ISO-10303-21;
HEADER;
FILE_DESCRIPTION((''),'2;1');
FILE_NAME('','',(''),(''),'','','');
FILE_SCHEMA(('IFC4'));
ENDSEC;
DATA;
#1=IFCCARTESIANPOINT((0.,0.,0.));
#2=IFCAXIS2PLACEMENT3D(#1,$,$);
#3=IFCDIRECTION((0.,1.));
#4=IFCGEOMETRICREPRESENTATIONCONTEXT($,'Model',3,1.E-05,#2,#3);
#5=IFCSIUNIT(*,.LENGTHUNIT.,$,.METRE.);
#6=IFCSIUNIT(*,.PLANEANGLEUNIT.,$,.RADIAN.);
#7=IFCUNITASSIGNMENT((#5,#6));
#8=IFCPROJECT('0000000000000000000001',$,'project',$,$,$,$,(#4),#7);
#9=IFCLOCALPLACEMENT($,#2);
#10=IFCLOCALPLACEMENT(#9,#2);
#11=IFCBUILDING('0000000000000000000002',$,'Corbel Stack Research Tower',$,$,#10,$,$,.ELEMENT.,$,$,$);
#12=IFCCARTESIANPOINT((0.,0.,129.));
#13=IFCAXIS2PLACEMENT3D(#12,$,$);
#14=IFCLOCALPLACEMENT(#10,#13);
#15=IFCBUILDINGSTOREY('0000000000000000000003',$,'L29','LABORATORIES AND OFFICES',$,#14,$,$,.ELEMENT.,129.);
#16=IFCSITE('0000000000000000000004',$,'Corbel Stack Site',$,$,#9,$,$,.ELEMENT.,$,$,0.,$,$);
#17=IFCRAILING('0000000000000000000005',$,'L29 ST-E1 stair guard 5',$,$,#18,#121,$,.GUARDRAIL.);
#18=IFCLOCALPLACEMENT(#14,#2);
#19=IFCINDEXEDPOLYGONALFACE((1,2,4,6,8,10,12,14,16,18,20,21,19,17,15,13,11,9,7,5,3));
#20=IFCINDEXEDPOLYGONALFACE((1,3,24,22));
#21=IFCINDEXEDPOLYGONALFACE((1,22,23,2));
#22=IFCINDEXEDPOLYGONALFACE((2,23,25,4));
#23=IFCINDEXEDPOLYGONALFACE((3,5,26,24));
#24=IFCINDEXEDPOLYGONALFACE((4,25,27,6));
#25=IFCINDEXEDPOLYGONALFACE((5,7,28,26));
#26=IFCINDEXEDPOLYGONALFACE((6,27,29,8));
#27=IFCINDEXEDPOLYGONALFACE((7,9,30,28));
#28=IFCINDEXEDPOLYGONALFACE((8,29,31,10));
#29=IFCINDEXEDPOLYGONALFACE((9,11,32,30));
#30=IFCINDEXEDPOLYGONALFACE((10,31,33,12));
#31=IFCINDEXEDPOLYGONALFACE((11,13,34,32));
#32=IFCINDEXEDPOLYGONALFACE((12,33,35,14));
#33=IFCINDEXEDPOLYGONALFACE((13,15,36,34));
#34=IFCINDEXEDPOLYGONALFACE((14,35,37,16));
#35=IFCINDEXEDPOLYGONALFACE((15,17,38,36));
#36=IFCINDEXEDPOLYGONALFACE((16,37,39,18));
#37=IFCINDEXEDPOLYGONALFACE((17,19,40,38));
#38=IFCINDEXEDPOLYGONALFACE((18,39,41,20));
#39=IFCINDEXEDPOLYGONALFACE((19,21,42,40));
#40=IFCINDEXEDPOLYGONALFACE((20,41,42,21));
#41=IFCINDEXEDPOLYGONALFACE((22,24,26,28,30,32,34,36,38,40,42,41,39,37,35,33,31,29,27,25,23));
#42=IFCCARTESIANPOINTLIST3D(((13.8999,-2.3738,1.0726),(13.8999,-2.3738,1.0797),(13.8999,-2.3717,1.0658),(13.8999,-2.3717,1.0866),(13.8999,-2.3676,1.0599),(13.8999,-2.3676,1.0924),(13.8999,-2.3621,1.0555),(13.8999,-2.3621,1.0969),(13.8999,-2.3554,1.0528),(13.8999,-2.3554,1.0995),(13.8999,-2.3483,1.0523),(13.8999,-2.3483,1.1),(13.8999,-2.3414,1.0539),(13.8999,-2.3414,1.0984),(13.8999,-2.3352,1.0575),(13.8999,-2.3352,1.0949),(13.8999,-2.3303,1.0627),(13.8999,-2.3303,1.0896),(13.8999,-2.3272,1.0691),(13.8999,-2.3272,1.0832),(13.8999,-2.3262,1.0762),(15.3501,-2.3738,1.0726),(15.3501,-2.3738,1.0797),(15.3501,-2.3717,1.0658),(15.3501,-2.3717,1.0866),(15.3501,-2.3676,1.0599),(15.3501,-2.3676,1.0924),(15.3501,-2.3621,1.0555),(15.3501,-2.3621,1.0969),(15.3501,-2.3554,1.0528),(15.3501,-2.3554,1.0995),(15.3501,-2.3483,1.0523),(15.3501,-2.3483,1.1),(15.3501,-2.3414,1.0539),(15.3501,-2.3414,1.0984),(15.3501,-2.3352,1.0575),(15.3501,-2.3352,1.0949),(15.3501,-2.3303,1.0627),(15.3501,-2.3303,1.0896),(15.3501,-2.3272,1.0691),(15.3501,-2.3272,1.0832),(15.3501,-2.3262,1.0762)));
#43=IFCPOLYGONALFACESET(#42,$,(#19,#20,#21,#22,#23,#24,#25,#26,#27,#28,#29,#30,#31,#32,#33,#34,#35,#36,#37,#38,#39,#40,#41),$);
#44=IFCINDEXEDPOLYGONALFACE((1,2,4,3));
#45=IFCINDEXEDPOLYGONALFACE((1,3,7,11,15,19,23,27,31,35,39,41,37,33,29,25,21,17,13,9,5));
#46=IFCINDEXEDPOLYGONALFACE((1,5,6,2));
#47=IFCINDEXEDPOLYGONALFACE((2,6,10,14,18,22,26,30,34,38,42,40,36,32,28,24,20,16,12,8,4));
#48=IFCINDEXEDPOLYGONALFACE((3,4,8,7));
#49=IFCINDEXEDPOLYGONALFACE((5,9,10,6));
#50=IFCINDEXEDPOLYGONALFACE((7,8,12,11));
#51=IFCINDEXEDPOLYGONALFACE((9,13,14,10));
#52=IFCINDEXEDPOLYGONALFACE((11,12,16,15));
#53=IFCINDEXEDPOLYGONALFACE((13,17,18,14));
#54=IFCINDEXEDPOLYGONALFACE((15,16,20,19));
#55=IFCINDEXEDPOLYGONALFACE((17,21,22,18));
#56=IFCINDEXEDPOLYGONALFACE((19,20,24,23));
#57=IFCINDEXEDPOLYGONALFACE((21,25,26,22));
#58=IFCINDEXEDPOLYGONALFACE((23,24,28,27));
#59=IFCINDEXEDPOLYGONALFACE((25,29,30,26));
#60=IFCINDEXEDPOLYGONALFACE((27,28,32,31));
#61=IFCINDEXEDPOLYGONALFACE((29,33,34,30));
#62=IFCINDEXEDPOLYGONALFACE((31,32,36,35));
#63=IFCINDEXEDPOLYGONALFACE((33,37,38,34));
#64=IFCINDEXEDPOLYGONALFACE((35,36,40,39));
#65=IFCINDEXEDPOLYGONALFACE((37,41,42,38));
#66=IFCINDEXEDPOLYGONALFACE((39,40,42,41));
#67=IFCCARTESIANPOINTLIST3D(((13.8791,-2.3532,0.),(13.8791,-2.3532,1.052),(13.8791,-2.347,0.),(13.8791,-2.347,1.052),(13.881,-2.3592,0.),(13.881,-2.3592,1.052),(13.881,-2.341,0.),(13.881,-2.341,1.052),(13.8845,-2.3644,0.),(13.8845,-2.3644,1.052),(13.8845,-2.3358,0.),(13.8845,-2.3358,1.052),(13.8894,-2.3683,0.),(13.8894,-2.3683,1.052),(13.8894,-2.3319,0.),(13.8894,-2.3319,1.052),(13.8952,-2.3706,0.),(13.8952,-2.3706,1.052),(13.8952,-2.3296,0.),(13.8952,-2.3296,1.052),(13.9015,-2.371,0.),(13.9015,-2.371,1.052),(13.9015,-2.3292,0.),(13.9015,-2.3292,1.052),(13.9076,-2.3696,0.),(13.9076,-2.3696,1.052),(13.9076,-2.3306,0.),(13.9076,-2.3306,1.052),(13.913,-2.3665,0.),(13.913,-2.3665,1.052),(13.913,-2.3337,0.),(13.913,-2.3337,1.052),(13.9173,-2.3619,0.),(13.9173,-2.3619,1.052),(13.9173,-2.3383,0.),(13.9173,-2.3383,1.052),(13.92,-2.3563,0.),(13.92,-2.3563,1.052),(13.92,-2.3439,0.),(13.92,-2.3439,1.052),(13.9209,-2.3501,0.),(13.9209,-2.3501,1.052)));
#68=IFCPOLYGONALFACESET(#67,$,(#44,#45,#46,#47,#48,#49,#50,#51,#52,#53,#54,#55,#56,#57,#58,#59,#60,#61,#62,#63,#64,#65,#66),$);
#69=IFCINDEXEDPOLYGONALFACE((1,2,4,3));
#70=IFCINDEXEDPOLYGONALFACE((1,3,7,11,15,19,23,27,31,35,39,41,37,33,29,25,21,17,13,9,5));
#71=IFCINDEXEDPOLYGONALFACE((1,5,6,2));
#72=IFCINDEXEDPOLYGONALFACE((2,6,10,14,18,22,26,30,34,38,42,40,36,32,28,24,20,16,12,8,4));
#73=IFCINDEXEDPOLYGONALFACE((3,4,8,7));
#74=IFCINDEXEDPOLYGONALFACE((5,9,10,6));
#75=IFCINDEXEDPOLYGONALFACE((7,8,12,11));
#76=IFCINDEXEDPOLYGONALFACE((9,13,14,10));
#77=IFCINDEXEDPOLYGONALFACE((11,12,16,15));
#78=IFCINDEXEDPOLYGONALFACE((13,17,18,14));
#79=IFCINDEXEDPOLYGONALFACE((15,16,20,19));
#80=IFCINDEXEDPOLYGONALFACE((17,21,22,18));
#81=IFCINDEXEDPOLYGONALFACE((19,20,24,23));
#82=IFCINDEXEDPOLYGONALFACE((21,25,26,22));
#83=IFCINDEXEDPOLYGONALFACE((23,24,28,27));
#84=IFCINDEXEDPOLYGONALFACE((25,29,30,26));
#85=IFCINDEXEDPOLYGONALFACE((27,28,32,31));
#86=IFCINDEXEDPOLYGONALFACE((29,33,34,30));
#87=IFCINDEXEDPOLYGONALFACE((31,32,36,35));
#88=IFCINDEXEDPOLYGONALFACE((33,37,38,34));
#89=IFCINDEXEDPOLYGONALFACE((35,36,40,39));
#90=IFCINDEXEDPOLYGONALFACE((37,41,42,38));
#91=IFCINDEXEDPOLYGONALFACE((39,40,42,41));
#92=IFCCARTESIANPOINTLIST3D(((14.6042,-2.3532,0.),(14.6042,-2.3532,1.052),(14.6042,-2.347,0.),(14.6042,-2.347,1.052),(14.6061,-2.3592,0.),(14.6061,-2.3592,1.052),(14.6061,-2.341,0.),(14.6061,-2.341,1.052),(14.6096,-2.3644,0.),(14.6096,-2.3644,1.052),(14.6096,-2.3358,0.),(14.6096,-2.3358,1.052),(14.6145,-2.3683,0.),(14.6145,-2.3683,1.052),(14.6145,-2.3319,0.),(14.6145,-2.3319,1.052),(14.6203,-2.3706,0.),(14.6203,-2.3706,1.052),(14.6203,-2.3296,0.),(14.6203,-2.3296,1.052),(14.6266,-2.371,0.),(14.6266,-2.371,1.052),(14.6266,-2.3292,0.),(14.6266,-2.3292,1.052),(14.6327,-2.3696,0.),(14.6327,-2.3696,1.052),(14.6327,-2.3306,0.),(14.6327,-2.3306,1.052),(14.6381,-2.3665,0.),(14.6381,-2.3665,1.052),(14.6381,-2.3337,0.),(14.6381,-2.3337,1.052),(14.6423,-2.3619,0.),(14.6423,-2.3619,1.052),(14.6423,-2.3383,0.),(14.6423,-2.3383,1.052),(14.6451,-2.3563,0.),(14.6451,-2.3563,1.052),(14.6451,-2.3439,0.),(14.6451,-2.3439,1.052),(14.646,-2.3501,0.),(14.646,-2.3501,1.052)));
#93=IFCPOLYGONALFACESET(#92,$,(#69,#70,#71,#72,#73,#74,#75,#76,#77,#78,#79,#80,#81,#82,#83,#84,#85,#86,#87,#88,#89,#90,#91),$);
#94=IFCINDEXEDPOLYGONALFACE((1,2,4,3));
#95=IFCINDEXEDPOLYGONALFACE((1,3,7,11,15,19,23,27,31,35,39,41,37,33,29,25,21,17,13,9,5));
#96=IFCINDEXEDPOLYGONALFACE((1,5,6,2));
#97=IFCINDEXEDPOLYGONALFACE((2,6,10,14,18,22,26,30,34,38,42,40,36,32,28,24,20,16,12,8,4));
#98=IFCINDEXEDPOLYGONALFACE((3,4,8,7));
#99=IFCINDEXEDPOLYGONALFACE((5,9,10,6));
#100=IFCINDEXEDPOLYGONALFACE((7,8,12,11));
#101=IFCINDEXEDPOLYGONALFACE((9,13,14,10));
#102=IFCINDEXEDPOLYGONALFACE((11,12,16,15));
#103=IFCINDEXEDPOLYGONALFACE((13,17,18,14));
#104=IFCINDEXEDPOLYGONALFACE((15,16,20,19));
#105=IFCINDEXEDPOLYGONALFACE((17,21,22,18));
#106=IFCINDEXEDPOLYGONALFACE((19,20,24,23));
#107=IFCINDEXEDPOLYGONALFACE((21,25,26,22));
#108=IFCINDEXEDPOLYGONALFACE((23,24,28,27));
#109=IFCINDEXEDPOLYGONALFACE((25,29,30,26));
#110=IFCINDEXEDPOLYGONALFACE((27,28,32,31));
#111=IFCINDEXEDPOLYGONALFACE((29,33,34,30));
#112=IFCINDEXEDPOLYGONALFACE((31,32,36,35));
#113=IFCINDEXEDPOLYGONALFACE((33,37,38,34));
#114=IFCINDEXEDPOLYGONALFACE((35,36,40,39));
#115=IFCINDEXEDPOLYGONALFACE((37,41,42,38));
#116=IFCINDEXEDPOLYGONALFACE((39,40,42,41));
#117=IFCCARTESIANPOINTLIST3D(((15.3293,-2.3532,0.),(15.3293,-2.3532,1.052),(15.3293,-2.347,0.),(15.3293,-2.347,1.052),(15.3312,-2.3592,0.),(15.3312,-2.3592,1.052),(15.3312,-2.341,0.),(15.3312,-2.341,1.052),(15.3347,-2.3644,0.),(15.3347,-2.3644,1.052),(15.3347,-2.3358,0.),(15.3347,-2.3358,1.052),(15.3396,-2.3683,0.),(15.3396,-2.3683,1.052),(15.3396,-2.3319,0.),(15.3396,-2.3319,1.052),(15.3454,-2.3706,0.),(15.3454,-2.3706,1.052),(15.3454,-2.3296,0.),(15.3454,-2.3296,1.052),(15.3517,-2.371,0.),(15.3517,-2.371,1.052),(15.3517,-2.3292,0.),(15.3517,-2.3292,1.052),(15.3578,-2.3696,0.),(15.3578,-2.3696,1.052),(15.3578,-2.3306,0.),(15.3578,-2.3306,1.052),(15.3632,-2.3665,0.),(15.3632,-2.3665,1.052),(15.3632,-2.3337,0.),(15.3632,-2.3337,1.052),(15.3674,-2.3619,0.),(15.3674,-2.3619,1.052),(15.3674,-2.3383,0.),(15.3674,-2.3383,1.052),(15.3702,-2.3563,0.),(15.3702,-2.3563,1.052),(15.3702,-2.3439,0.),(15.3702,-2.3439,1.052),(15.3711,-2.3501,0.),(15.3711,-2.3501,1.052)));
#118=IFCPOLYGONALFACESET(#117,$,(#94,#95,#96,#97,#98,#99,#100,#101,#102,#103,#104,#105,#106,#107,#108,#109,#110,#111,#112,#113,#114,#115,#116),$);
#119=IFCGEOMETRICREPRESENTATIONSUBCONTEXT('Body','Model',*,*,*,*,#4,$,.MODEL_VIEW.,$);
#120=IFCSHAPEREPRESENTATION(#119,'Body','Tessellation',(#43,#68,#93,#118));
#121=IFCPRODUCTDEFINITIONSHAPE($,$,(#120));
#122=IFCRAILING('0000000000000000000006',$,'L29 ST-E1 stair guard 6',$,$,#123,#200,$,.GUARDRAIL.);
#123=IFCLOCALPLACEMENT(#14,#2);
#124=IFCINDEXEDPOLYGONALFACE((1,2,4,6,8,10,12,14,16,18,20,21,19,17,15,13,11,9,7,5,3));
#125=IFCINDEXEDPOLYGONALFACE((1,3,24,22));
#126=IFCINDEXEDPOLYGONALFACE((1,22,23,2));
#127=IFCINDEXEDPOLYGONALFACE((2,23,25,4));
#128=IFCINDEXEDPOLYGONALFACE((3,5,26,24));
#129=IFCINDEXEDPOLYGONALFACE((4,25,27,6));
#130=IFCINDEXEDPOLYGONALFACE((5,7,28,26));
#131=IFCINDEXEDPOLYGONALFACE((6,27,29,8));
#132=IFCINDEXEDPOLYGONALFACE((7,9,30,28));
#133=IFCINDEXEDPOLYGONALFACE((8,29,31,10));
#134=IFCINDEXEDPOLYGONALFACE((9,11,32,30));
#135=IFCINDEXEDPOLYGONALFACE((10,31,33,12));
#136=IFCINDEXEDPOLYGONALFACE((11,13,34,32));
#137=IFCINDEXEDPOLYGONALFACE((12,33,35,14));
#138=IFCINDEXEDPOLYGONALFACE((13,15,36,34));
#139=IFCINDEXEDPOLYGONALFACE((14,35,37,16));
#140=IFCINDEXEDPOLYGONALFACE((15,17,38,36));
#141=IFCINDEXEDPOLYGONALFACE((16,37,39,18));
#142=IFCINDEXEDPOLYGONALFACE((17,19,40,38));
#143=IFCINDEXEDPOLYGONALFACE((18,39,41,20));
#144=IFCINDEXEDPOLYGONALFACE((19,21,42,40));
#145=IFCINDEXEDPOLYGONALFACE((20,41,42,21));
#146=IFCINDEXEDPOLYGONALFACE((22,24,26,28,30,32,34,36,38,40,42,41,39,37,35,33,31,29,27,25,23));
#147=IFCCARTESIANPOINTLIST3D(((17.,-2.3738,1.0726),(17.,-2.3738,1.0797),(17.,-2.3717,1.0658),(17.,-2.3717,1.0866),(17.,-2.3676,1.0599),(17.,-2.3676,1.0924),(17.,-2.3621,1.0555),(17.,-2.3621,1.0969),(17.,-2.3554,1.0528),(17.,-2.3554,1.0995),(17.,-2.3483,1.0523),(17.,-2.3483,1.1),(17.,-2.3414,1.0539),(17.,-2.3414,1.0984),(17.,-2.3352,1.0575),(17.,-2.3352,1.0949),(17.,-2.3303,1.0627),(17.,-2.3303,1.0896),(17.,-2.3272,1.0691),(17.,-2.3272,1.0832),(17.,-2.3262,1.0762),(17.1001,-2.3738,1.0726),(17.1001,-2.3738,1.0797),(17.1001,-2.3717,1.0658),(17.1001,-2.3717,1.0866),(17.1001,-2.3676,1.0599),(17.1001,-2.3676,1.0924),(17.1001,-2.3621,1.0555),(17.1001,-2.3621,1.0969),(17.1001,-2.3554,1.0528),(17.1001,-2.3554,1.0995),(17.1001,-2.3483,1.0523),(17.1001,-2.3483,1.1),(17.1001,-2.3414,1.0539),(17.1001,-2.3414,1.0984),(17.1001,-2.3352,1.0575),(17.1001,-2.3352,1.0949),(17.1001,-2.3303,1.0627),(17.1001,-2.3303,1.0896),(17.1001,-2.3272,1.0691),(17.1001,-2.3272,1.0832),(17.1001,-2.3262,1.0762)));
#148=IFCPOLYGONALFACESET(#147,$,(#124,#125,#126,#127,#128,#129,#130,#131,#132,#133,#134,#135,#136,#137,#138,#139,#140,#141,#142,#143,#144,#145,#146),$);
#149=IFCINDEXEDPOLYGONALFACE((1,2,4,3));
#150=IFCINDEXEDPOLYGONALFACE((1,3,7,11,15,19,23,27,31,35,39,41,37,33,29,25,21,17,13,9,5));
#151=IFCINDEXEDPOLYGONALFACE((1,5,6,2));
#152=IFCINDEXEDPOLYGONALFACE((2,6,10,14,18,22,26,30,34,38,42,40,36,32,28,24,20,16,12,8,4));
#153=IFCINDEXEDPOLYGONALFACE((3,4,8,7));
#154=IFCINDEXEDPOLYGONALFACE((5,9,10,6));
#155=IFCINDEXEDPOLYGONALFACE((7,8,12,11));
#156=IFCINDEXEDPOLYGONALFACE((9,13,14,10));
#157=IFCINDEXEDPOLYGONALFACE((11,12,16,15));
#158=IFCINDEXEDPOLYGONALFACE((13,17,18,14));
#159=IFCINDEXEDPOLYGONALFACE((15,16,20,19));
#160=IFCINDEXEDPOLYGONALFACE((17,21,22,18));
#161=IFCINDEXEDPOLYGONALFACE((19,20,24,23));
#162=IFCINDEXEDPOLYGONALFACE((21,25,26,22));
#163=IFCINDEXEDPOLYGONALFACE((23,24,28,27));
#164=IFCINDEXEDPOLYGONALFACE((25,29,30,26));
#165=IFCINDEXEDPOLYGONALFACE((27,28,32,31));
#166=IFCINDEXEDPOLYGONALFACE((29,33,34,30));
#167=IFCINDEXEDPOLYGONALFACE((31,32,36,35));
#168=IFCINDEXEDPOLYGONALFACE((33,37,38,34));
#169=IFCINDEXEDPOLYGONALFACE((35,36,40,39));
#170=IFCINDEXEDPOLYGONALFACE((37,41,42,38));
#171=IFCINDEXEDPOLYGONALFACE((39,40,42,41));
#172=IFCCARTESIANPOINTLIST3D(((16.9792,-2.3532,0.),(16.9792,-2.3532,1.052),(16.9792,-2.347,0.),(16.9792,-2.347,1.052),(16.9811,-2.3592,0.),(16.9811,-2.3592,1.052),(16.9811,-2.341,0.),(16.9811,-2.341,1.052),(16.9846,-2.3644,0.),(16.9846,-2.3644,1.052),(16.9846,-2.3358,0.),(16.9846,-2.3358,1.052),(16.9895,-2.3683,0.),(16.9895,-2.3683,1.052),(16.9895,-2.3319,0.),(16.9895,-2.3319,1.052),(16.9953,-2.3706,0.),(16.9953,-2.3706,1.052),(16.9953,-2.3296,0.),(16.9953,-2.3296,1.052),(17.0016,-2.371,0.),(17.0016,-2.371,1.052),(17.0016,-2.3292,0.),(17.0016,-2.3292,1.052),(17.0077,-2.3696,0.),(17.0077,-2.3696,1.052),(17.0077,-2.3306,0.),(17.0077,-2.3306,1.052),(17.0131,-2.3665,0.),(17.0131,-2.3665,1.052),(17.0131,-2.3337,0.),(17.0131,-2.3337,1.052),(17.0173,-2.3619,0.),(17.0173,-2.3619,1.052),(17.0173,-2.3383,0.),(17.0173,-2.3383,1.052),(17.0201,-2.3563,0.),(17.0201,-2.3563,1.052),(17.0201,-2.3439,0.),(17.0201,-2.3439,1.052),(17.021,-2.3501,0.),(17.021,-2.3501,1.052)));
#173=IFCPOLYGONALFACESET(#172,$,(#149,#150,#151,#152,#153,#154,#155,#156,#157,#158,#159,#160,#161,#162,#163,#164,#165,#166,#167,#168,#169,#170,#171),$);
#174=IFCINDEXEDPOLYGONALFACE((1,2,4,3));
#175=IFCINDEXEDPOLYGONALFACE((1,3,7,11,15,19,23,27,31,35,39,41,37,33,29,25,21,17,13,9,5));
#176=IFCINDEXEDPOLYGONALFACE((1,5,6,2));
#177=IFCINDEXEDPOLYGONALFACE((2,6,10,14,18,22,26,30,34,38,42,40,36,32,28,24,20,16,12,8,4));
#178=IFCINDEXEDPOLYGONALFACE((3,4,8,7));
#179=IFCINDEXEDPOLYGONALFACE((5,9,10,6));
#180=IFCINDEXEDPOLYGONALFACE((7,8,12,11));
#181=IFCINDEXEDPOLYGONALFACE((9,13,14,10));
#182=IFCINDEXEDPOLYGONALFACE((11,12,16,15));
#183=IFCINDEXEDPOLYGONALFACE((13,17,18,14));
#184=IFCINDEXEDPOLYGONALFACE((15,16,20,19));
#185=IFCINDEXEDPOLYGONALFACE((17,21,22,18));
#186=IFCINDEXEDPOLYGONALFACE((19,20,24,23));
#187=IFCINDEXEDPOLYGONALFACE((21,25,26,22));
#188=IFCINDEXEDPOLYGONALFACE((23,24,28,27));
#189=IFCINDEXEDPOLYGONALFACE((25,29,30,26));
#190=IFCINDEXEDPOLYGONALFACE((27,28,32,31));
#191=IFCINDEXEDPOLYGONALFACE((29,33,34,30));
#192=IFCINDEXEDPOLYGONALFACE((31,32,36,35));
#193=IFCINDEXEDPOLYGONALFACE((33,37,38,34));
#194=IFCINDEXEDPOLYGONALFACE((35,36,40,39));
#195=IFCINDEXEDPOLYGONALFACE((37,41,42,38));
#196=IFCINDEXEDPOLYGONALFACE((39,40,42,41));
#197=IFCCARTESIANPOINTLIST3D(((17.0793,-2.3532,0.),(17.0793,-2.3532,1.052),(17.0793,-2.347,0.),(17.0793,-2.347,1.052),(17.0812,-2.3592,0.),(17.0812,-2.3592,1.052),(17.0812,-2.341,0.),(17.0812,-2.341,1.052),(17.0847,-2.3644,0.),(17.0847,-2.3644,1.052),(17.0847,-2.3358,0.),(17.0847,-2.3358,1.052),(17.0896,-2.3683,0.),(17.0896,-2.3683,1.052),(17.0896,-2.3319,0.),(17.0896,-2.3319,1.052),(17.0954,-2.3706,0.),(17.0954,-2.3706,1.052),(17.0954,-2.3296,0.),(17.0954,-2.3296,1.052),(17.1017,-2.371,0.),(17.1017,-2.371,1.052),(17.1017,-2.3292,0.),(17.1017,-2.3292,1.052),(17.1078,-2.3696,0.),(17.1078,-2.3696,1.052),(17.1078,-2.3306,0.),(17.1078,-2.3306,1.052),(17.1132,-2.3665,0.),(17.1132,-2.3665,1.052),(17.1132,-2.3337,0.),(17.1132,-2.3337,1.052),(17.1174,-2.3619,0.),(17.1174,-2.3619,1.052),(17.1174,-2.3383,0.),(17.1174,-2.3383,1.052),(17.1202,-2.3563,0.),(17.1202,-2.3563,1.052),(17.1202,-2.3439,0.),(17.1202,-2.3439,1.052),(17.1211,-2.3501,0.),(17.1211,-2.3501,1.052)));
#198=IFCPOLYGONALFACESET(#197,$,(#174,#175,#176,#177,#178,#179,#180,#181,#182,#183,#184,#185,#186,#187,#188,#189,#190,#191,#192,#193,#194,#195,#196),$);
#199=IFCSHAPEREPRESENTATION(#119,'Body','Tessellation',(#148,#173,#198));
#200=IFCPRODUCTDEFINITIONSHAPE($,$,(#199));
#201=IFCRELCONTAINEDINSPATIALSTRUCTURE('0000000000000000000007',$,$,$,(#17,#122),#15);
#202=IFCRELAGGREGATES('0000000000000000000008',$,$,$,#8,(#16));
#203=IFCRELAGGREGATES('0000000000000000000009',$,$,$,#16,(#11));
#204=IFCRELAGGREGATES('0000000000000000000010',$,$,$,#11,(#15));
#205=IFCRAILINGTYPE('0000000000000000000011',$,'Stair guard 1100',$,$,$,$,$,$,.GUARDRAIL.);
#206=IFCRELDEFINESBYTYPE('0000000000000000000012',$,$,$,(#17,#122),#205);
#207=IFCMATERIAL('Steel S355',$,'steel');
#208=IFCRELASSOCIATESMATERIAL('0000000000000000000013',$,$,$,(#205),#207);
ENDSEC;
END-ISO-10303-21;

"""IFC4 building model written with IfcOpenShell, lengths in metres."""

from ifc_helpers import new_model, si_unit, direction, frame, origin, origin_2d, place, context, subcontext, project, spatial, circle, extrude, material, type_object, element, save


model = new_model("IFC4")

# Units and contexts
model_context = context("Model", 3, precision=1e-05, world=origin(), true_north=direction((0.0, 1.0)))
body_context = subcontext(model_context, "Body", "Model", "MODEL_VIEW")
ifc_project = project(units=[si_unit("LENGTHUNIT", "METRE"), si_unit("PLANEANGLEUNIT", "RADIAN")], contexts=[model_context])

# Site, building, storey
site_placement = place(None, origin())
site = spatial("IfcSite", under=ifc_project, at=site_placement, Name="Corbel Stack Site", CompositionType="ELEMENT", RefElevation=0.0)
building_placement = place(site_placement, origin())
building = spatial("IfcBuilding", under=site, at=building_placement, Name="Corbel Stack Research Tower", CompositionType="ELEMENT")
storey_placement = place(building_placement, frame((0.0, 0.0, 129.0)))
storey = spatial("IfcBuildingStorey", under=building, at=storey_placement, Name="L29", Description="LABORATORIES AND OFFICES", CompositionType="ELEMENT", Elevation=129.0)

# Railings
ifc_material_1 = material(Name="Steel S355", Category="steel")
railing_type_1 = type_object("IfcRailingType", Name="Stair guard 1100", PredefinedType="GUARDRAIL", material=ifc_material_1)
railing_1_placement = place(storey_placement, frame((13.8999, -2.3501, 0.0)))
element("IfcRailing", 1, at=railing_1_placement, inside=storey, type_object=railing_type_1, Name="L29 ST-E1 stair guard 5", PredefinedType="GUARDRAIL", context=body_context, shape_type="SweptSolid", body=[
    extrude(circle(Radius=0.0239, at=origin_2d()), frame((0.0, 0.0, 1.0762), z_axis=(1.0, 0.0, 0.0), x_axis=(0.0, 1.0, 0.0)), (0.0, 0.0, 1.0), 1.4502),
    extrude(circle(Radius=0.021, at=origin_2d()), origin(), (0.0, 0.0, 1.0), 1.052),
    extrude(circle(Radius=0.021, at=origin_2d()), frame((0.7251, 0.0, 0.0)), (0.0, 0.0, 1.0), 1.052),
    extrude(circle(Radius=0.021, at=origin_2d()), frame((1.4502, 0.0, 0.0)), (0.0, 0.0, 1.0), 1.052),
])
railing_2_placement = place(storey_placement, frame((17.0, -2.3501, 0.0)))
element("IfcRailing", 2, at=railing_2_placement, inside=storey, type_object=railing_type_1, Name="L29 ST-E1 stair guard 6", PredefinedType="GUARDRAIL", context=body_context, shape_type="SweptSolid", body=[
    extrude(circle(Radius=0.0239, at=origin_2d()), frame((0.0, 0.0, 1.0762), z_axis=(1.0, 0.0, 0.0), x_axis=(0.0, 1.0, 0.0)), (0.0, 0.0, 1.0), 0.1001),
    extrude(circle(Radius=0.021, at=origin_2d()), origin(), (0.0, 0.0, 1.0), 1.052),
    extrude(circle(Radius=0.021, at=origin_2d()), frame((0.1001, 0.0, 0.0)), (0.0, 0.0, 1.0), 1.052),
])

save(model, "model.ifc")
